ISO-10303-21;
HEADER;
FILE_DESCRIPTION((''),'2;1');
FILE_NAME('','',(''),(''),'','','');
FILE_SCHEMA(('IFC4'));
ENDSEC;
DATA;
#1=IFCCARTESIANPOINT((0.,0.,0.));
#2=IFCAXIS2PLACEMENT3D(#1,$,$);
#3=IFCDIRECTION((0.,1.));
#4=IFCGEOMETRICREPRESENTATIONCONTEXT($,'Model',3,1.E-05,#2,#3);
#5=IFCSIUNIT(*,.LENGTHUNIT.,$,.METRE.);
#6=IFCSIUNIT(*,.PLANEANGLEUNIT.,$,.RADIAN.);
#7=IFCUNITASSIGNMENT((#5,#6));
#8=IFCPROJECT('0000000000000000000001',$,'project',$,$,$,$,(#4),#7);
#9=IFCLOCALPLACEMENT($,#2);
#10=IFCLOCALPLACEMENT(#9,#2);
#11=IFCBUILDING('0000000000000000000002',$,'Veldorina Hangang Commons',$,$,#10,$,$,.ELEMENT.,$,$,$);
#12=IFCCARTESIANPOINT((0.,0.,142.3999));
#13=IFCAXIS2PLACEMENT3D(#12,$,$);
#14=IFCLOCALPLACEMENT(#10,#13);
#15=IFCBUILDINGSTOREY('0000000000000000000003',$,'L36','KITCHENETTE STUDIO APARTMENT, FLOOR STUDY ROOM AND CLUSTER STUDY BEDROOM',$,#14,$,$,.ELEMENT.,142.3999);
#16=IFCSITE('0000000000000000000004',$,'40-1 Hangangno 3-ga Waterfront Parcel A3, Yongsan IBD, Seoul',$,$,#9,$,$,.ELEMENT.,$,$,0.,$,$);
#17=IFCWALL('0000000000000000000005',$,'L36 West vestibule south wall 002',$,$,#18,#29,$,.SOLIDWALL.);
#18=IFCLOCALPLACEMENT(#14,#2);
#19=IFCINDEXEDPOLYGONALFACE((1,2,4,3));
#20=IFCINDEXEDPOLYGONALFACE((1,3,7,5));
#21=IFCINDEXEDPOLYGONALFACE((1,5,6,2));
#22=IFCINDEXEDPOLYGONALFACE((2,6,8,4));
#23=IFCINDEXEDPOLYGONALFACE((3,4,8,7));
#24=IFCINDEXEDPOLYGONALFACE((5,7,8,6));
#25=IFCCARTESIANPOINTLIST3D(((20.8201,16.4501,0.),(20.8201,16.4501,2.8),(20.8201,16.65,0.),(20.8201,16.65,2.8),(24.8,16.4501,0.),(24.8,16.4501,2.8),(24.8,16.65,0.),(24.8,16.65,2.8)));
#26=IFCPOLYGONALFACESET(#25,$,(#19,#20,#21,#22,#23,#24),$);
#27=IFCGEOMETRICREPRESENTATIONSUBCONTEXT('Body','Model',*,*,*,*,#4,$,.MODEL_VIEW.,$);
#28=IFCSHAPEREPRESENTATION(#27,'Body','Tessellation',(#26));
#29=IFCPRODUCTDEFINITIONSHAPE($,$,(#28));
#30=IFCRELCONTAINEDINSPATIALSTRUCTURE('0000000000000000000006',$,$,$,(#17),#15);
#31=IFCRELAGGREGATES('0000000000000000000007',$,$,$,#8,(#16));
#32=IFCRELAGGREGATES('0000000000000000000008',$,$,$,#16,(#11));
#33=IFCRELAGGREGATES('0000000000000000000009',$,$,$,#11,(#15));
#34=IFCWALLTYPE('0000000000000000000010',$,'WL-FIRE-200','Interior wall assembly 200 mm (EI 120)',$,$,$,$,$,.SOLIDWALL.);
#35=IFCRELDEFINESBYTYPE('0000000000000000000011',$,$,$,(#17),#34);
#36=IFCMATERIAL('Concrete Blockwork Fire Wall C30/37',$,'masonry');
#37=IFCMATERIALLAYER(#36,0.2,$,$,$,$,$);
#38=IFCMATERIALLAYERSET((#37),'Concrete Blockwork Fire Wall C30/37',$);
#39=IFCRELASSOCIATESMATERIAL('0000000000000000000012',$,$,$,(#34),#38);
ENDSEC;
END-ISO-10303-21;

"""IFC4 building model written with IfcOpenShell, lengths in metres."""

from ifc_helpers import new_model, si_unit, direction, frame, frame_2d, origin, place, context, subcontext, project, spatial, rectangle, extrude, material, layer, layer_set, type_object, element, save


model = new_model("IFC4")

# Units and contexts
model_context = context("Model", 3, precision=1e-05, world=origin(), true_north=direction((0.0, 1.0)))
body_context = subcontext(model_context, "Body", "Model", "MODEL_VIEW")
ifc_project = project(units=[si_unit("LENGTHUNIT", "METRE"), si_unit("PLANEANGLEUNIT", "RADIAN")], contexts=[model_context])

# Site, building, storey
site_placement = place(None, origin())
site = spatial("IfcSite", under=ifc_project, at=site_placement, Name="40-1 Hangangno 3-ga Waterfront Parcel A3, Yongsan IBD, Seoul", CompositionType="ELEMENT", RefElevation=0.0)
building_placement = place(site_placement, origin())
building = spatial("IfcBuilding", under=site, at=building_placement, Name="Veldorina Hangang Commons", CompositionType="ELEMENT")
storey_placement = place(building_placement, frame((0.0, 0.0, 142.3999)))
storey = spatial("IfcBuildingStorey", under=building, at=storey_placement, Name="L36", Description="KITCHENETTE STUDIO APARTMENT, FLOOR STUDY ROOM AND CLUSTER STUDY BEDROOM", CompositionType="ELEMENT", Elevation=142.3999)

# Shared definitions
ifc_material_1 = material(Name="Concrete Blockwork Fire Wall C30/37", Category="masonry")
ifc_layer_1 = layer(ifc_material_1, 0.2)
ifc_layer_set_1 = layer_set([ifc_layer_1], Name="Concrete Blockwork Fire Wall C30/37")
wall_type_1 = type_object("IfcWallType", Name="WL-FIRE-200", Description="Interior wall assembly 200 mm (EI 120)", PredefinedType="SOLIDWALL", material=ifc_layer_set_1)

# Wall
wall_1_placement = place(storey_placement, frame((20.8201, 16.55, 0.0), z_axis=(0.0, 0.0, 1.0), x_axis=(1.0, 0.0, 0.0)))
element("IfcWall", 1, at=wall_1_placement, inside=storey, type_object=wall_type_1, Name="L36 West vestibule south wall 002", PredefinedType="SOLIDWALL", context=body_context, shape_type="SweptSolid", body=[
    extrude(rectangle(XDim=3.98, YDim=0.2, at=frame_2d((1.99, 0.0))), origin(), (0.0, 0.0, 1.0), 2.8),
])

save(model, "model.ifc")
